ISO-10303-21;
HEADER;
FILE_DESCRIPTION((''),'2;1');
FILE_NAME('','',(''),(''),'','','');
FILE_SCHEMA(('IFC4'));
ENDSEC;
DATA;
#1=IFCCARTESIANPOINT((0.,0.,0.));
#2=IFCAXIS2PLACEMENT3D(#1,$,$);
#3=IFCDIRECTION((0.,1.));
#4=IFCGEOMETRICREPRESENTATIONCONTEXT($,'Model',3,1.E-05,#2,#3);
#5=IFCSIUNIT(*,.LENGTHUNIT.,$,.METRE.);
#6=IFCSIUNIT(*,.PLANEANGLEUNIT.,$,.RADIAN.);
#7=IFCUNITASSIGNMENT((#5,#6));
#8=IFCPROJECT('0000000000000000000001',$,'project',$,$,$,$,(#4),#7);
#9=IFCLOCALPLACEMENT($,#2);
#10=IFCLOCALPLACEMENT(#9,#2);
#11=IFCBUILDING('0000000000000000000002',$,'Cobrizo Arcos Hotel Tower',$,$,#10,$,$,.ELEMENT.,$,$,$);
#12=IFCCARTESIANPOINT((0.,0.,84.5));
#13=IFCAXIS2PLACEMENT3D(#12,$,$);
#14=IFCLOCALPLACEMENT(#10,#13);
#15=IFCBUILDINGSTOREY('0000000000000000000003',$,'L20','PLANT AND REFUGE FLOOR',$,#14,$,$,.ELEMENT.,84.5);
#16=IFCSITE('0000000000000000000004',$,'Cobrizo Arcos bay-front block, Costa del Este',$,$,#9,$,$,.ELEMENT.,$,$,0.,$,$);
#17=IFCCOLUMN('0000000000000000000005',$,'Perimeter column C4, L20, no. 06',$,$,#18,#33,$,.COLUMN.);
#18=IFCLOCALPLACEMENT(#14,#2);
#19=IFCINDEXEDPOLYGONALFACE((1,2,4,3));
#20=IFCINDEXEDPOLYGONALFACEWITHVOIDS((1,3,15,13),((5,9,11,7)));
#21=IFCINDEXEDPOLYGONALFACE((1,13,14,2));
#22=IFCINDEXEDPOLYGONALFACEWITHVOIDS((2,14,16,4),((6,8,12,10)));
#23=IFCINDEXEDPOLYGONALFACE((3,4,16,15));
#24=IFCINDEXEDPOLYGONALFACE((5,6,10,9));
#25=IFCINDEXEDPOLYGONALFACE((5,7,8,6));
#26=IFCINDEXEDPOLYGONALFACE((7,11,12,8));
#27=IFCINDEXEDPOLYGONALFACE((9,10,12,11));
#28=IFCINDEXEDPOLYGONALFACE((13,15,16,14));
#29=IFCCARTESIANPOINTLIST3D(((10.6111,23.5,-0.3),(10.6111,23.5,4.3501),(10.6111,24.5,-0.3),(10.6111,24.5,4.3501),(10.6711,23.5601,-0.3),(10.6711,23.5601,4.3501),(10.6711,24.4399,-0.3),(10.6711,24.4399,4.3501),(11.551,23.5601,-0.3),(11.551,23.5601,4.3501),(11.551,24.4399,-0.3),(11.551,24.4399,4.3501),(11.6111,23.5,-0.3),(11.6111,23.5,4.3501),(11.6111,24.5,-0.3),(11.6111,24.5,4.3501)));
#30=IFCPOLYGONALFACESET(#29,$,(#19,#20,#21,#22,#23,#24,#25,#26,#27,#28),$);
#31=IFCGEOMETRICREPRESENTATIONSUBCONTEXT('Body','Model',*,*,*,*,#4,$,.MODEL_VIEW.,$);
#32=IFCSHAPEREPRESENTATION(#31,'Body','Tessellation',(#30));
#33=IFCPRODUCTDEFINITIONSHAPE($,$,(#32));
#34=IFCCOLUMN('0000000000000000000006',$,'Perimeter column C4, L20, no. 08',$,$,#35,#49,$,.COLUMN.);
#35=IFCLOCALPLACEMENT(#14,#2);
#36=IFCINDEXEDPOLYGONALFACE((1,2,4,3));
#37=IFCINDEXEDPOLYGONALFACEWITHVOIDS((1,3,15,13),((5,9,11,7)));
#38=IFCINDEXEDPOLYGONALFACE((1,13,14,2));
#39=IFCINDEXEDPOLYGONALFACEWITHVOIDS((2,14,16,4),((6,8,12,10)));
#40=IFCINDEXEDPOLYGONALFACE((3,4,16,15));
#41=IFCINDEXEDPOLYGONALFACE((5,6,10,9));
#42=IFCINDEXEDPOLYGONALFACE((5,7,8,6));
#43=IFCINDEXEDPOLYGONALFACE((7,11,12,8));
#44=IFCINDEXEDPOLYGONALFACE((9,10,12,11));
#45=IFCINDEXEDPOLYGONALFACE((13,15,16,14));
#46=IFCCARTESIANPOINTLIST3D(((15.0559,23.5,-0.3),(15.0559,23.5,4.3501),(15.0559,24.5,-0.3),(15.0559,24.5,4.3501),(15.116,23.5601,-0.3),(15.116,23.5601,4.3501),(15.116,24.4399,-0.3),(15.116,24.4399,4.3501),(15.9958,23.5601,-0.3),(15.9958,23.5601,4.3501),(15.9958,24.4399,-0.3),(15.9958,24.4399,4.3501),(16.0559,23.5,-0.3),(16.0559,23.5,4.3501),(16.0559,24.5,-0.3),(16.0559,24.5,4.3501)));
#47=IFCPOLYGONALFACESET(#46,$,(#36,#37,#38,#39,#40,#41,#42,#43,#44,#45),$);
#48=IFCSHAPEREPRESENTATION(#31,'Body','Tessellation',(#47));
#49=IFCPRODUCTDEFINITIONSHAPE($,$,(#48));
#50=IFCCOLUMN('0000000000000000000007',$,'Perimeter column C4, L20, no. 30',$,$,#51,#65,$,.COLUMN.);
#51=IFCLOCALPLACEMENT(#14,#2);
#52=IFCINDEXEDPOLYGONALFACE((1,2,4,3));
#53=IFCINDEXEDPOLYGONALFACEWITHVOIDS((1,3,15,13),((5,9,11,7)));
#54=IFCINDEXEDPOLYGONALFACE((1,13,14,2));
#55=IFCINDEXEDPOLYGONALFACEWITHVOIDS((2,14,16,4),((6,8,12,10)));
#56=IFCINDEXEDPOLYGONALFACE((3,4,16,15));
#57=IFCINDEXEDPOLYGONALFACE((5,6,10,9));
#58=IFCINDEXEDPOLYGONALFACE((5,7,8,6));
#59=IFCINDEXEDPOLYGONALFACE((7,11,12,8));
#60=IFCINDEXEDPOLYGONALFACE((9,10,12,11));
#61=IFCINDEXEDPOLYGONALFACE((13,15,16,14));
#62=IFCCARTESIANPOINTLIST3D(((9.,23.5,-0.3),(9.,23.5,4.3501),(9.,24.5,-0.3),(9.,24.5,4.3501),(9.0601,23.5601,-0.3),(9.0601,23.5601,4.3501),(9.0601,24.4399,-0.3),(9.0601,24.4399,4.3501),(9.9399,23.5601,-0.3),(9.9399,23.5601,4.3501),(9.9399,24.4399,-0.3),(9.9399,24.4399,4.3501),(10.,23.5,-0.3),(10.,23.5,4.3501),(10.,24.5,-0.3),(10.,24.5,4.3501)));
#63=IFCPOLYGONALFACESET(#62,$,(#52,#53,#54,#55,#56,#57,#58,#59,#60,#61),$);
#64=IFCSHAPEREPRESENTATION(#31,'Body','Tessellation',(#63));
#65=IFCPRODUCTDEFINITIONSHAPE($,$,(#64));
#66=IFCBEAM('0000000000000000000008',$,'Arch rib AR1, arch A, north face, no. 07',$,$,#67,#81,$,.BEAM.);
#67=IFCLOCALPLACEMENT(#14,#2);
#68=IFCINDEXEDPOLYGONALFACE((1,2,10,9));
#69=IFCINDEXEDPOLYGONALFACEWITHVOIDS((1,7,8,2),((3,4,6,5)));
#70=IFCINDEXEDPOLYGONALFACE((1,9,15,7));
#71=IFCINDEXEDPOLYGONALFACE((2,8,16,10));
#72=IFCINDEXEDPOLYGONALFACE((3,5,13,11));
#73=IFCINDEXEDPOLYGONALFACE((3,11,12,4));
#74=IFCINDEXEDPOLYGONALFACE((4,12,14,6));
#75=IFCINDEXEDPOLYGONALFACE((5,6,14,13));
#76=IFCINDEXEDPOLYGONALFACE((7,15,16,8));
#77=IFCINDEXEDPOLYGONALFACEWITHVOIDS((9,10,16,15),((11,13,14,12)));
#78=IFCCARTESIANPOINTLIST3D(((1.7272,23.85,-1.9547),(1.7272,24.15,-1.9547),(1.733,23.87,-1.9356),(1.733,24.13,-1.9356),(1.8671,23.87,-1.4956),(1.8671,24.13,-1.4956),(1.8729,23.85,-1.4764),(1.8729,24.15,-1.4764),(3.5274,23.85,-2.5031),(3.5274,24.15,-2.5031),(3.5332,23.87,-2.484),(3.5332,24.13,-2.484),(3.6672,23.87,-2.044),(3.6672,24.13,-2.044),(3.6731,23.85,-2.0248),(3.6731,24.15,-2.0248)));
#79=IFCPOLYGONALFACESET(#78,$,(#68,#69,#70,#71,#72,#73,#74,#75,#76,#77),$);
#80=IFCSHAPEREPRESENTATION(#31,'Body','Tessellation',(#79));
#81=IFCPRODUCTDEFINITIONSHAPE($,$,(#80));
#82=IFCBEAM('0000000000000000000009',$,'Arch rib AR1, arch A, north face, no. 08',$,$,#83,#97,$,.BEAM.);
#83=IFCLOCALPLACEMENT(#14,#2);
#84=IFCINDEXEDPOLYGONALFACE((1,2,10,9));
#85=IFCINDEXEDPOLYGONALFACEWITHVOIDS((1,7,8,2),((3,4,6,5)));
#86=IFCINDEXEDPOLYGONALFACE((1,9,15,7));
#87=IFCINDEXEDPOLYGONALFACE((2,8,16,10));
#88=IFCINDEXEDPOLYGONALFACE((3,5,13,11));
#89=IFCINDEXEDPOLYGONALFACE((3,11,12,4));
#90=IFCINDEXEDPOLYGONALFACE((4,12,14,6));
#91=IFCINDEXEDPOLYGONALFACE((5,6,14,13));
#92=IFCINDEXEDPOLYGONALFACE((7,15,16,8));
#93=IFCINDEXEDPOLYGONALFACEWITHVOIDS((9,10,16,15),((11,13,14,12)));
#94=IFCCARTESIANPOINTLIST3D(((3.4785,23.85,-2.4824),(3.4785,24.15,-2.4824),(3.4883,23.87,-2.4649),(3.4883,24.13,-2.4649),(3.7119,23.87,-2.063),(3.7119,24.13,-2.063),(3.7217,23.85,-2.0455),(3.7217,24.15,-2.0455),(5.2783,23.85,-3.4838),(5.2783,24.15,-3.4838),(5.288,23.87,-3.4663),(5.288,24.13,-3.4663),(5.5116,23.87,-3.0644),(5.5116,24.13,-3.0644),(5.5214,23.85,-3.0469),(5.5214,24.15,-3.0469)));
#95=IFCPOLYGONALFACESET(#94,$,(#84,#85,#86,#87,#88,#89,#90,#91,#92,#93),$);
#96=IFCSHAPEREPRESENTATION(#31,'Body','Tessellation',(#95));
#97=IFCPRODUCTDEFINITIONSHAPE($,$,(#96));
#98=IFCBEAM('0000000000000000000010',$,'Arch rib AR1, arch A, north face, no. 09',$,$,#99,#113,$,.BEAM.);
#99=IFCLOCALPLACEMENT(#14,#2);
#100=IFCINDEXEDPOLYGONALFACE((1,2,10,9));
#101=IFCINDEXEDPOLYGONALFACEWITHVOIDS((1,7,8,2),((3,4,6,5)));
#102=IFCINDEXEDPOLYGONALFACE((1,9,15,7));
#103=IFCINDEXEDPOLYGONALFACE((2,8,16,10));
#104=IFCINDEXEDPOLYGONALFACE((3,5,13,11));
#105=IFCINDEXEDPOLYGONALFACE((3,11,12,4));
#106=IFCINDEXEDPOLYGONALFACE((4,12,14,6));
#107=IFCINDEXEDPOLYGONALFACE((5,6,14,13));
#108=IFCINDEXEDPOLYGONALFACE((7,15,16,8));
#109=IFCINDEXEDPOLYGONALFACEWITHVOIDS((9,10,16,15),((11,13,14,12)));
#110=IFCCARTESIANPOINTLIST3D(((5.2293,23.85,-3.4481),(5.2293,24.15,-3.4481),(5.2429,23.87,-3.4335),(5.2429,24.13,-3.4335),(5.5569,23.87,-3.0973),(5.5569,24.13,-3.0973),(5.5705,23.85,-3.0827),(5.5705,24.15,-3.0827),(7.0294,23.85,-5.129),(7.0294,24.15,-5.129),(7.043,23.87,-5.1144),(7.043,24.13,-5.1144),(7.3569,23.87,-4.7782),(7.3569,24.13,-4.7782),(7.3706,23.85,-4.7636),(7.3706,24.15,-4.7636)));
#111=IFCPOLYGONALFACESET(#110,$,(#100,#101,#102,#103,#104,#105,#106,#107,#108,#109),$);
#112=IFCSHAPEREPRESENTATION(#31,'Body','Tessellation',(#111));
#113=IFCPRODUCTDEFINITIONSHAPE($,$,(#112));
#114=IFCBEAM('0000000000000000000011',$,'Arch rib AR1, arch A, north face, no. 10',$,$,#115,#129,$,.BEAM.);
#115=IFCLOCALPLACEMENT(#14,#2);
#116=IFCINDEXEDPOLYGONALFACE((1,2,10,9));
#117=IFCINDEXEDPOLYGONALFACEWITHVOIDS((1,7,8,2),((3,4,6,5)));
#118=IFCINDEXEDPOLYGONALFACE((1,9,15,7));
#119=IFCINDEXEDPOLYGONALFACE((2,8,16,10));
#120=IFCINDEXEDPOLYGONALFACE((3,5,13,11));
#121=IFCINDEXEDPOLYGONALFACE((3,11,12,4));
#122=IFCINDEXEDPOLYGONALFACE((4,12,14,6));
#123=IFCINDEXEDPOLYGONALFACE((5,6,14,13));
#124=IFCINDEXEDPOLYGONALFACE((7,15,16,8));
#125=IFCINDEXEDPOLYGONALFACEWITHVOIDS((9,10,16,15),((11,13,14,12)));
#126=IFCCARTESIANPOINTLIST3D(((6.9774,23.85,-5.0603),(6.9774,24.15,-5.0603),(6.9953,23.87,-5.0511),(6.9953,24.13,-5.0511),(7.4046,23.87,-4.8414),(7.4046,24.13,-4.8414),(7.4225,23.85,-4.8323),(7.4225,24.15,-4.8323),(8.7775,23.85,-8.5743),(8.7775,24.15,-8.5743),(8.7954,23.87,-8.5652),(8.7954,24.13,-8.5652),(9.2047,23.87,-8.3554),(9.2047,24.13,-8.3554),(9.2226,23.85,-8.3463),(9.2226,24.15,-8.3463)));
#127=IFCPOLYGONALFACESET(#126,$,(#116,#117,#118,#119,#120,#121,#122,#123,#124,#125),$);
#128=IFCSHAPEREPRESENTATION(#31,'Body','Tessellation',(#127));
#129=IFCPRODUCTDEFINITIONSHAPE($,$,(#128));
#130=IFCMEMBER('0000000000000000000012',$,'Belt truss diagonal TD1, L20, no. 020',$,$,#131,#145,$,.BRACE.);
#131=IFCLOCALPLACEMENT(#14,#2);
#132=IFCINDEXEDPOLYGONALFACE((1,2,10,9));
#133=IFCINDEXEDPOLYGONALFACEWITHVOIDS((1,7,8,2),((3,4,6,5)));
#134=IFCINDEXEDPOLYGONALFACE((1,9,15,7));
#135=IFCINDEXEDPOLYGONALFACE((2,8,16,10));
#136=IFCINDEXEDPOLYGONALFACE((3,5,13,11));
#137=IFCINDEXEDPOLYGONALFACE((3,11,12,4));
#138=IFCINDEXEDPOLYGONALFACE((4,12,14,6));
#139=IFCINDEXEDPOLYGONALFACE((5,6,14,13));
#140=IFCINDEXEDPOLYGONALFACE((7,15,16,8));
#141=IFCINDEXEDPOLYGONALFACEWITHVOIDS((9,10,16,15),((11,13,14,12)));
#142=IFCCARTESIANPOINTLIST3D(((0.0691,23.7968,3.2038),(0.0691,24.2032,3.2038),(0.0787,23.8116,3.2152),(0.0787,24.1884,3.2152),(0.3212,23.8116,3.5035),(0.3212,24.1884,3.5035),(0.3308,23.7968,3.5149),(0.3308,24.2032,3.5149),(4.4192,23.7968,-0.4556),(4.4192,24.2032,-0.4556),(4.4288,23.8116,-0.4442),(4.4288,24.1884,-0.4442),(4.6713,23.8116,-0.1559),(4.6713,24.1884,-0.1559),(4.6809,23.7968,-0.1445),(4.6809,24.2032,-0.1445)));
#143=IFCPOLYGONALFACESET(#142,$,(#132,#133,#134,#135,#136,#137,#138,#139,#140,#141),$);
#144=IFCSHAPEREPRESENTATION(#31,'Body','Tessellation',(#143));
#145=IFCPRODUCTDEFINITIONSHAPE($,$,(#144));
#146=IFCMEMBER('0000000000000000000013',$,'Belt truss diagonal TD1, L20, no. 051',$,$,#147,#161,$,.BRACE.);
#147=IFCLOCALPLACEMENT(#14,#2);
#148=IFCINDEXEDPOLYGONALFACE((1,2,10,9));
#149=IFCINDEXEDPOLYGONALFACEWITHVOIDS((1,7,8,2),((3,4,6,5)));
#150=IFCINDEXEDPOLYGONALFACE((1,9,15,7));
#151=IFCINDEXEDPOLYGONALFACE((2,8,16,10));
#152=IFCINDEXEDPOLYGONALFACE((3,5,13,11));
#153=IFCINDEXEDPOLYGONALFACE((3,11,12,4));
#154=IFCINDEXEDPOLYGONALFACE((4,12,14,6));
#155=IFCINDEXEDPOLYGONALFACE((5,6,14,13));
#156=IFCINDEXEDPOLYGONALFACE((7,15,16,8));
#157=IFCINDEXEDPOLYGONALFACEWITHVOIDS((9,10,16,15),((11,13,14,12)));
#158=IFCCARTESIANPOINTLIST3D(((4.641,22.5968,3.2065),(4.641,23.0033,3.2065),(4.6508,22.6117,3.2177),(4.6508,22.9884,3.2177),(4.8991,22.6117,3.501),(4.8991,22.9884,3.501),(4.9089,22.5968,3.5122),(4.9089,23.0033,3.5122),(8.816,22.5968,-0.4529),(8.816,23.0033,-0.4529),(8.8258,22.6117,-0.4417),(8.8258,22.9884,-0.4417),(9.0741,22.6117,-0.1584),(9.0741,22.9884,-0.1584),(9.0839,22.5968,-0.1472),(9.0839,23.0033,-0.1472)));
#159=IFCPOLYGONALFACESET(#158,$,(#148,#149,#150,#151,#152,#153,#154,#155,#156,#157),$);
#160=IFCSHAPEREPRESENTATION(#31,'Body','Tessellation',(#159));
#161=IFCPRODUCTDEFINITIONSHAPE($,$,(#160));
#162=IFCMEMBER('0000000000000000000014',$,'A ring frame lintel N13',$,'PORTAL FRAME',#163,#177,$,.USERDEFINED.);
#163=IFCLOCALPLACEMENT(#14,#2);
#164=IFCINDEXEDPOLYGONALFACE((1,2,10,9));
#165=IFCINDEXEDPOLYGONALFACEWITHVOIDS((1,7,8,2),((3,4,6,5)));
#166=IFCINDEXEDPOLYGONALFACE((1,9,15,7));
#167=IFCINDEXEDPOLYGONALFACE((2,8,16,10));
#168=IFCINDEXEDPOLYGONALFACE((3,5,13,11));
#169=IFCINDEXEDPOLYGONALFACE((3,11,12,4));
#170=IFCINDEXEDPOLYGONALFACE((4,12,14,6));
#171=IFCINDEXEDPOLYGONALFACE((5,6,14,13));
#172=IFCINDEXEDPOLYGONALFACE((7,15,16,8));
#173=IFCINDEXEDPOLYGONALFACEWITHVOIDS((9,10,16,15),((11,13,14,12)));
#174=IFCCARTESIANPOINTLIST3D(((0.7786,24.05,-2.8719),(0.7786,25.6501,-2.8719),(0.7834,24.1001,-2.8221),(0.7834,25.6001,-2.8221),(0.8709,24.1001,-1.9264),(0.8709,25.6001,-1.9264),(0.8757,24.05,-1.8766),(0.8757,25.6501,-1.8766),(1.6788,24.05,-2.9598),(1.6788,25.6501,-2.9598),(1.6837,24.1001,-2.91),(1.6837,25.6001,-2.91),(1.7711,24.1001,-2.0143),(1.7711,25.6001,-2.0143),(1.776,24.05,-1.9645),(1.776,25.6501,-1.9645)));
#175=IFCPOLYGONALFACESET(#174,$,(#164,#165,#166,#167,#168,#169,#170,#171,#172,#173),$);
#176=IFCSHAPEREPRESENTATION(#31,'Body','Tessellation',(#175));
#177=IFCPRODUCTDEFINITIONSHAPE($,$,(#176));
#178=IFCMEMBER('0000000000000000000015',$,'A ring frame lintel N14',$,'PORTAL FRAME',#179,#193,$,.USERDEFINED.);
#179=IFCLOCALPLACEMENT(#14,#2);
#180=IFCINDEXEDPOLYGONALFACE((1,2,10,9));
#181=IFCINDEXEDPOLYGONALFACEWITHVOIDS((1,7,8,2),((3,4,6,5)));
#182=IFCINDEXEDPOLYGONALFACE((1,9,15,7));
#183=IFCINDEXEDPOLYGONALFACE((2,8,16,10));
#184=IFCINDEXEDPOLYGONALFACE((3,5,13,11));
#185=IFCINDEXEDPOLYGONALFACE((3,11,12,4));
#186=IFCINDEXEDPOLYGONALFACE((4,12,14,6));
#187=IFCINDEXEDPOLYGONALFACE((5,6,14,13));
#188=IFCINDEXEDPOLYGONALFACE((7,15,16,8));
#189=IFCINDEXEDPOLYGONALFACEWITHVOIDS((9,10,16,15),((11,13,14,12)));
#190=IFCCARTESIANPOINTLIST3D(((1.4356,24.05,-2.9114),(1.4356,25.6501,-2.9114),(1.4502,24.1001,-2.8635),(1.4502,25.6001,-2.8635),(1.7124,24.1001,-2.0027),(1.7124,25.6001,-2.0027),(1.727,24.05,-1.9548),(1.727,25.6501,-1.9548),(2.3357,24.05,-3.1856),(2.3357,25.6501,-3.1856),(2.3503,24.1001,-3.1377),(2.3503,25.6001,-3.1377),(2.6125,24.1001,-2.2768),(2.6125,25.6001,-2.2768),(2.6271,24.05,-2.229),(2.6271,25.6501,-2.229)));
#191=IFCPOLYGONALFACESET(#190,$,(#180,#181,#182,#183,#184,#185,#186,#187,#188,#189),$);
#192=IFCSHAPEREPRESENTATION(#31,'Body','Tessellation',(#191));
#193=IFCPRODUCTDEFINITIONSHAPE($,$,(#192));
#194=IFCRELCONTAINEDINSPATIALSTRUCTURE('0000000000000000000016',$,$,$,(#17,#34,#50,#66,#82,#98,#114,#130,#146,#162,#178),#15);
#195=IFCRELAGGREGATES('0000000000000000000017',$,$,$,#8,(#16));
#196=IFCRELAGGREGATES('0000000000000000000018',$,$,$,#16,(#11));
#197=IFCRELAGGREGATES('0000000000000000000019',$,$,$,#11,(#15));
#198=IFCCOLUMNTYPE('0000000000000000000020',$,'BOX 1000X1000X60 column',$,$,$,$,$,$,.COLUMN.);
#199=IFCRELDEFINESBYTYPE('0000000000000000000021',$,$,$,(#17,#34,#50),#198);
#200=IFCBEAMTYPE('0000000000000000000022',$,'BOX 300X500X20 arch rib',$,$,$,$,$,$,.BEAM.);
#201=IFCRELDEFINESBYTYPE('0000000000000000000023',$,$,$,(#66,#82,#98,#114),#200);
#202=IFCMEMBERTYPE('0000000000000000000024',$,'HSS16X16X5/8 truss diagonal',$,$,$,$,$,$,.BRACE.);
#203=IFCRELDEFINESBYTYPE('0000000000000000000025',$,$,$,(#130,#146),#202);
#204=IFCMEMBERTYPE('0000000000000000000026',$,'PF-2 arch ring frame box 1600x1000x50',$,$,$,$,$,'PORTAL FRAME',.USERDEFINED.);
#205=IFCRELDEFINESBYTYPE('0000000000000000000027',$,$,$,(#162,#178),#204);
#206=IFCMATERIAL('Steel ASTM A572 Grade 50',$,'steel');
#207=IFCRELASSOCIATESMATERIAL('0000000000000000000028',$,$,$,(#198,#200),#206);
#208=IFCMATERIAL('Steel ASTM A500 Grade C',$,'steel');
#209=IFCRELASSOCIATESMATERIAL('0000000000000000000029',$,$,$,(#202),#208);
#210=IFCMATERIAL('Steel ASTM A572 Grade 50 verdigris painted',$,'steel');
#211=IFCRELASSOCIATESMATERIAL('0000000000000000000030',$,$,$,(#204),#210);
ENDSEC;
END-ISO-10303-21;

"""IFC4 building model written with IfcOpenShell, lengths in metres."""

from ifc_helpers import new_model, si_unit, direction, frame, origin, origin_2d, place, context, subcontext, project, spatial, hollow_rectangle, extrude, material, material_profile, profile_set, type_object, element, save


model = new_model("IFC4")

# Units and contexts
model_context = context("Model", 3, precision=1e-05, world=origin(), true_north=direction((0.0, 1.0)))
body_context = subcontext(model_context, "Body", "Model", "MODEL_VIEW")
ifc_project = project(units=[si_unit("LENGTHUNIT", "METRE"), si_unit("PLANEANGLEUNIT", "RADIAN")], contexts=[model_context])

# Site, building, storey
site_placement = place(None, origin())
site = spatial("IfcSite", under=ifc_project, at=site_placement, Name="Cobrizo Arcos bay-front block, Costa del Este", CompositionType="ELEMENT", RefElevation=0.0)
building_placement = place(site_placement, origin())
building = spatial("IfcBuilding", under=site, at=building_placement, Name="Cobrizo Arcos Hotel Tower", CompositionType="ELEMENT")
storey_placement = place(building_placement, frame((0.0, 0.0, 84.5)))
storey = spatial("IfcBuildingStorey", under=building, at=storey_placement, Name="L20", Description="PLANT AND REFUGE FLOOR", CompositionType="ELEMENT", Elevation=84.5)

# Columns
ifc_material_1 = material(Name="Steel ASTM A572 Grade 50", Category="steel")
ifc_material_profile_1 = material_profile(ifc_material_1, hollow_rectangle(XDim=1.0, YDim=1.0, WallThickness=0.0601, at=origin_2d()), Name="BOX 1000X1000X60")
ifc_profile_set_1 = profile_set([ifc_material_profile_1], Name="Steel ASTM A572 Grade 50")
column_type = type_object("IfcColumnType", Name="BOX 1000X1000X60 column", PredefinedType="COLUMN", material=ifc_profile_set_1)
for number, where, z_axis, x_axis, name in (
    (1, (11.1111, 24.0, -0.3), (0.0, 0.0, 1.0), (1.0, 0.0, 0.0), "Perimeter column C4, L20, no. 06"),
    (2, (15.5559, 24.0, -0.3), (0.0, 0.0, 1.0), (1.0, 0.0, 0.0), "Perimeter column C4, L20, no. 08"),
    (3, (9.5, 24.0, -0.3), (0.0, 0.0, 1.0), (1.0, 0.0, 0.0), "Perimeter column C4, L20, no. 30"),
):
    element("IfcColumn", number, at=place(storey_placement, frame(where, z_axis=z_axis, x_axis=x_axis)), inside=storey, type_object=column_type, Name=name, PredefinedType="COLUMN", context=body_context, shape_type="SweptSolid", body=[
        extrude(hollow_rectangle(XDim=1.0, YDim=1.0, WallThickness=0.0601, at=origin_2d()), origin(), (0.0, 0.0, 1.0), 4.6501),
    ])

# Beams
ifc_material_profile_2 = material_profile(ifc_material_1, hollow_rectangle(XDim=0.3, YDim=0.5, WallThickness=0.02, at=origin_2d()), Name="BOX 300X500X20")
ifc_profile_set_2 = profile_set([ifc_material_profile_2], Name="Steel ASTM A572 Grade 50")
beam_type = type_object("IfcBeamType", Name="BOX 300X500X20 arch rib", PredefinedType="BEAM", material=ifc_profile_set_2)
beam_1_placement = place(storey_placement, frame((1.8, 24.0, -1.7156), z_axis=(0.9566, 0.0, -0.291404), x_axis=(0.0, 1.0, 0.0)))
element("IfcBeam", 4, at=beam_1_placement, inside=storey, type_object=beam_type, Name="Arch rib AR1, arch A, north face, no. 07", PredefinedType="BEAM", context=body_context, shape_type="SweptSolid", body=[
    extrude(hollow_rectangle(XDim=0.3, YDim=0.5, WallThickness=0.02, at=origin_2d()), origin(), (0.0, 0.0, 1.0), 1.8818),
])
beam_2_placement = place(storey_placement, frame((3.6001, 24.0, -2.2639), z_axis=(0.873833, 0.0, -0.486227), x_axis=(0.0, 1.0, 0.0)))
element("IfcBeam", 5, at=beam_2_placement, inside=storey, type_object=beam_type, Name="Arch rib AR1, arch A, north face, no. 08", PredefinedType="BEAM", context=body_context, shape_type="SweptSolid", body=[
    extrude(hollow_rectangle(XDim=0.3, YDim=0.5, WallThickness=0.02, at=origin_2d()), origin(), (0.0, 0.0, 1.0), 2.0596),
])
beam_3_placement = place(storey_placement, frame((5.3999, 24.0, -3.2654), z_axis=(0.730881, 0.0, -0.682505), x_axis=(0.0, 1.0, 0.0)))
element("IfcBeam", 6, at=beam_3_placement, inside=storey, type_object=beam_type, Name="Arch rib AR1, arch A, north face, no. 09", PredefinedType="BEAM", context=body_context, shape_type="SweptSolid", body=[
    extrude(hollow_rectangle(XDim=0.3, YDim=0.5, WallThickness=0.02, at=origin_2d()), origin(), (0.0, 0.0, 1.0), 2.4629),
])
beam_4_placement = place(storey_placement, frame((7.2, 24.0, -4.9463), z_axis=(0.455924, 0.0, -0.890019), x_axis=(0.0, 1.0, 0.0)))
element("IfcBeam", 7, at=beam_4_placement, inside=storey, type_object=beam_type, Name="Arch rib AR1, arch A, north face, no. 10", PredefinedType="BEAM", context=body_context, shape_type="SweptSolid", body=[
    extrude(hollow_rectangle(XDim=0.3, YDim=0.5, WallThickness=0.02, at=origin_2d()), origin(), (0.0, 0.0, 1.0), 3.9482),
])

# Members
ifc_material_2 = material(Name="Steel ASTM A500 Grade C", Category="steel")
ifc_material_profile_3 = material_profile(ifc_material_2, hollow_rectangle(XDim=0.4065, YDim=0.4065, WallThickness=0.0149, at=origin_2d()), Name="HSS16X16X5/8")
ifc_profile_set_3 = profile_set([ifc_material_profile_3], Name="Steel ASTM A500 Grade C")
member_type_1 = type_object("IfcMemberType", Name="HSS16X16X5/8 truss diagonal", PredefinedType="BRACE", material=ifc_profile_set_3)
member_1_placement = place(storey_placement, frame((4.55, 24.0, -0.3), z_axis=(-0.765242, 0.0, 0.643743), x_axis=(0.0, -1.0, 0.0)))
element("IfcMember", 8, at=member_1_placement, inside=storey, type_object=member_type_1, Name="Belt truss diagonal TD1, L20, no. 020", PredefinedType="BRACE", context=body_context, shape_type="SweptSolid", body=[
    extrude(hollow_rectangle(XDim=0.4065, YDim=0.4065, WallThickness=0.0149, at=origin_2d()), origin(), (0.0, 0.0, 1.0), 5.6846),
])
member_2_placement = place(storey_placement, frame((8.95, 22.8, -0.3), z_axis=(-0.752018, 0.0, 0.659143), x_axis=(0.0, -1.0, 0.0)))
element("IfcMember", 9, at=member_2_placement, inside=storey, type_object=member_type_1, Name="Belt truss diagonal TD1, L20, no. 051", PredefinedType="BRACE", context=body_context, shape_type="SweptSolid", body=[
    extrude(hollow_rectangle(XDim=0.4065, YDim=0.4065, WallThickness=0.0149, at=origin_2d()), origin(), (0.0, 0.0, 1.0), 5.5518),
])
ifc_material_3 = material(Name="Steel ASTM A572 Grade 50 verdigris painted", Category="steel")
ifc_material_profile_4 = material_profile(ifc_material_3, hollow_rectangle(XDim=1.6001, YDim=1.0, WallThickness=0.05, at=origin_2d()), Name="PF-2 arch ring frame box 1600x1000x50")
ifc_profile_set_4 = profile_set([ifc_material_profile_4], Name="Steel ASTM A572 Grade 50 verdigris painted")
member_type_2 = type_object("IfcMemberType", Name="PF-2 arch ring frame box 1600x1000x50", ElementType="PORTAL FRAME", PredefinedType="USERDEFINED", material=ifc_profile_set_4)
member_3_placement = place(storey_placement, frame((0.8271, 24.8501, -2.3743), z_axis=(0.995267, 0.0, -0.097178), x_axis=(0.0, 1.0, 0.0)))
element("IfcMember", 10, at=member_3_placement, inside=storey, type_object=member_type_2, Name="A ring frame lintel N13", ObjectType="PORTAL FRAME", PredefinedType="USERDEFINED", context=body_context, shape_type="SweptSolid", body=[
    extrude(hollow_rectangle(XDim=1.6001, YDim=1.0, WallThickness=0.05, at=origin_2d()), origin(), (0.0, 0.0, 1.0), 0.9045),
])
member_4_placement = place(storey_placement, frame((1.5813, 24.8501, -2.4331), z_axis=(0.956611, 0.0, -0.291368), x_axis=(0.0, 1.0, 0.0)))
element("IfcMember", 11, at=member_4_placement, inside=storey, type_object=member_type_2, Name="A ring frame lintel N14", ObjectType="PORTAL FRAME", PredefinedType="USERDEFINED", context=body_context, shape_type="SweptSolid", body=[
    extrude(hollow_rectangle(XDim=1.6001, YDim=1.0, WallThickness=0.05, at=origin_2d()), origin(), (0.0, 0.0, 1.0), 0.9409),
])

save(model, "model.ifc")
